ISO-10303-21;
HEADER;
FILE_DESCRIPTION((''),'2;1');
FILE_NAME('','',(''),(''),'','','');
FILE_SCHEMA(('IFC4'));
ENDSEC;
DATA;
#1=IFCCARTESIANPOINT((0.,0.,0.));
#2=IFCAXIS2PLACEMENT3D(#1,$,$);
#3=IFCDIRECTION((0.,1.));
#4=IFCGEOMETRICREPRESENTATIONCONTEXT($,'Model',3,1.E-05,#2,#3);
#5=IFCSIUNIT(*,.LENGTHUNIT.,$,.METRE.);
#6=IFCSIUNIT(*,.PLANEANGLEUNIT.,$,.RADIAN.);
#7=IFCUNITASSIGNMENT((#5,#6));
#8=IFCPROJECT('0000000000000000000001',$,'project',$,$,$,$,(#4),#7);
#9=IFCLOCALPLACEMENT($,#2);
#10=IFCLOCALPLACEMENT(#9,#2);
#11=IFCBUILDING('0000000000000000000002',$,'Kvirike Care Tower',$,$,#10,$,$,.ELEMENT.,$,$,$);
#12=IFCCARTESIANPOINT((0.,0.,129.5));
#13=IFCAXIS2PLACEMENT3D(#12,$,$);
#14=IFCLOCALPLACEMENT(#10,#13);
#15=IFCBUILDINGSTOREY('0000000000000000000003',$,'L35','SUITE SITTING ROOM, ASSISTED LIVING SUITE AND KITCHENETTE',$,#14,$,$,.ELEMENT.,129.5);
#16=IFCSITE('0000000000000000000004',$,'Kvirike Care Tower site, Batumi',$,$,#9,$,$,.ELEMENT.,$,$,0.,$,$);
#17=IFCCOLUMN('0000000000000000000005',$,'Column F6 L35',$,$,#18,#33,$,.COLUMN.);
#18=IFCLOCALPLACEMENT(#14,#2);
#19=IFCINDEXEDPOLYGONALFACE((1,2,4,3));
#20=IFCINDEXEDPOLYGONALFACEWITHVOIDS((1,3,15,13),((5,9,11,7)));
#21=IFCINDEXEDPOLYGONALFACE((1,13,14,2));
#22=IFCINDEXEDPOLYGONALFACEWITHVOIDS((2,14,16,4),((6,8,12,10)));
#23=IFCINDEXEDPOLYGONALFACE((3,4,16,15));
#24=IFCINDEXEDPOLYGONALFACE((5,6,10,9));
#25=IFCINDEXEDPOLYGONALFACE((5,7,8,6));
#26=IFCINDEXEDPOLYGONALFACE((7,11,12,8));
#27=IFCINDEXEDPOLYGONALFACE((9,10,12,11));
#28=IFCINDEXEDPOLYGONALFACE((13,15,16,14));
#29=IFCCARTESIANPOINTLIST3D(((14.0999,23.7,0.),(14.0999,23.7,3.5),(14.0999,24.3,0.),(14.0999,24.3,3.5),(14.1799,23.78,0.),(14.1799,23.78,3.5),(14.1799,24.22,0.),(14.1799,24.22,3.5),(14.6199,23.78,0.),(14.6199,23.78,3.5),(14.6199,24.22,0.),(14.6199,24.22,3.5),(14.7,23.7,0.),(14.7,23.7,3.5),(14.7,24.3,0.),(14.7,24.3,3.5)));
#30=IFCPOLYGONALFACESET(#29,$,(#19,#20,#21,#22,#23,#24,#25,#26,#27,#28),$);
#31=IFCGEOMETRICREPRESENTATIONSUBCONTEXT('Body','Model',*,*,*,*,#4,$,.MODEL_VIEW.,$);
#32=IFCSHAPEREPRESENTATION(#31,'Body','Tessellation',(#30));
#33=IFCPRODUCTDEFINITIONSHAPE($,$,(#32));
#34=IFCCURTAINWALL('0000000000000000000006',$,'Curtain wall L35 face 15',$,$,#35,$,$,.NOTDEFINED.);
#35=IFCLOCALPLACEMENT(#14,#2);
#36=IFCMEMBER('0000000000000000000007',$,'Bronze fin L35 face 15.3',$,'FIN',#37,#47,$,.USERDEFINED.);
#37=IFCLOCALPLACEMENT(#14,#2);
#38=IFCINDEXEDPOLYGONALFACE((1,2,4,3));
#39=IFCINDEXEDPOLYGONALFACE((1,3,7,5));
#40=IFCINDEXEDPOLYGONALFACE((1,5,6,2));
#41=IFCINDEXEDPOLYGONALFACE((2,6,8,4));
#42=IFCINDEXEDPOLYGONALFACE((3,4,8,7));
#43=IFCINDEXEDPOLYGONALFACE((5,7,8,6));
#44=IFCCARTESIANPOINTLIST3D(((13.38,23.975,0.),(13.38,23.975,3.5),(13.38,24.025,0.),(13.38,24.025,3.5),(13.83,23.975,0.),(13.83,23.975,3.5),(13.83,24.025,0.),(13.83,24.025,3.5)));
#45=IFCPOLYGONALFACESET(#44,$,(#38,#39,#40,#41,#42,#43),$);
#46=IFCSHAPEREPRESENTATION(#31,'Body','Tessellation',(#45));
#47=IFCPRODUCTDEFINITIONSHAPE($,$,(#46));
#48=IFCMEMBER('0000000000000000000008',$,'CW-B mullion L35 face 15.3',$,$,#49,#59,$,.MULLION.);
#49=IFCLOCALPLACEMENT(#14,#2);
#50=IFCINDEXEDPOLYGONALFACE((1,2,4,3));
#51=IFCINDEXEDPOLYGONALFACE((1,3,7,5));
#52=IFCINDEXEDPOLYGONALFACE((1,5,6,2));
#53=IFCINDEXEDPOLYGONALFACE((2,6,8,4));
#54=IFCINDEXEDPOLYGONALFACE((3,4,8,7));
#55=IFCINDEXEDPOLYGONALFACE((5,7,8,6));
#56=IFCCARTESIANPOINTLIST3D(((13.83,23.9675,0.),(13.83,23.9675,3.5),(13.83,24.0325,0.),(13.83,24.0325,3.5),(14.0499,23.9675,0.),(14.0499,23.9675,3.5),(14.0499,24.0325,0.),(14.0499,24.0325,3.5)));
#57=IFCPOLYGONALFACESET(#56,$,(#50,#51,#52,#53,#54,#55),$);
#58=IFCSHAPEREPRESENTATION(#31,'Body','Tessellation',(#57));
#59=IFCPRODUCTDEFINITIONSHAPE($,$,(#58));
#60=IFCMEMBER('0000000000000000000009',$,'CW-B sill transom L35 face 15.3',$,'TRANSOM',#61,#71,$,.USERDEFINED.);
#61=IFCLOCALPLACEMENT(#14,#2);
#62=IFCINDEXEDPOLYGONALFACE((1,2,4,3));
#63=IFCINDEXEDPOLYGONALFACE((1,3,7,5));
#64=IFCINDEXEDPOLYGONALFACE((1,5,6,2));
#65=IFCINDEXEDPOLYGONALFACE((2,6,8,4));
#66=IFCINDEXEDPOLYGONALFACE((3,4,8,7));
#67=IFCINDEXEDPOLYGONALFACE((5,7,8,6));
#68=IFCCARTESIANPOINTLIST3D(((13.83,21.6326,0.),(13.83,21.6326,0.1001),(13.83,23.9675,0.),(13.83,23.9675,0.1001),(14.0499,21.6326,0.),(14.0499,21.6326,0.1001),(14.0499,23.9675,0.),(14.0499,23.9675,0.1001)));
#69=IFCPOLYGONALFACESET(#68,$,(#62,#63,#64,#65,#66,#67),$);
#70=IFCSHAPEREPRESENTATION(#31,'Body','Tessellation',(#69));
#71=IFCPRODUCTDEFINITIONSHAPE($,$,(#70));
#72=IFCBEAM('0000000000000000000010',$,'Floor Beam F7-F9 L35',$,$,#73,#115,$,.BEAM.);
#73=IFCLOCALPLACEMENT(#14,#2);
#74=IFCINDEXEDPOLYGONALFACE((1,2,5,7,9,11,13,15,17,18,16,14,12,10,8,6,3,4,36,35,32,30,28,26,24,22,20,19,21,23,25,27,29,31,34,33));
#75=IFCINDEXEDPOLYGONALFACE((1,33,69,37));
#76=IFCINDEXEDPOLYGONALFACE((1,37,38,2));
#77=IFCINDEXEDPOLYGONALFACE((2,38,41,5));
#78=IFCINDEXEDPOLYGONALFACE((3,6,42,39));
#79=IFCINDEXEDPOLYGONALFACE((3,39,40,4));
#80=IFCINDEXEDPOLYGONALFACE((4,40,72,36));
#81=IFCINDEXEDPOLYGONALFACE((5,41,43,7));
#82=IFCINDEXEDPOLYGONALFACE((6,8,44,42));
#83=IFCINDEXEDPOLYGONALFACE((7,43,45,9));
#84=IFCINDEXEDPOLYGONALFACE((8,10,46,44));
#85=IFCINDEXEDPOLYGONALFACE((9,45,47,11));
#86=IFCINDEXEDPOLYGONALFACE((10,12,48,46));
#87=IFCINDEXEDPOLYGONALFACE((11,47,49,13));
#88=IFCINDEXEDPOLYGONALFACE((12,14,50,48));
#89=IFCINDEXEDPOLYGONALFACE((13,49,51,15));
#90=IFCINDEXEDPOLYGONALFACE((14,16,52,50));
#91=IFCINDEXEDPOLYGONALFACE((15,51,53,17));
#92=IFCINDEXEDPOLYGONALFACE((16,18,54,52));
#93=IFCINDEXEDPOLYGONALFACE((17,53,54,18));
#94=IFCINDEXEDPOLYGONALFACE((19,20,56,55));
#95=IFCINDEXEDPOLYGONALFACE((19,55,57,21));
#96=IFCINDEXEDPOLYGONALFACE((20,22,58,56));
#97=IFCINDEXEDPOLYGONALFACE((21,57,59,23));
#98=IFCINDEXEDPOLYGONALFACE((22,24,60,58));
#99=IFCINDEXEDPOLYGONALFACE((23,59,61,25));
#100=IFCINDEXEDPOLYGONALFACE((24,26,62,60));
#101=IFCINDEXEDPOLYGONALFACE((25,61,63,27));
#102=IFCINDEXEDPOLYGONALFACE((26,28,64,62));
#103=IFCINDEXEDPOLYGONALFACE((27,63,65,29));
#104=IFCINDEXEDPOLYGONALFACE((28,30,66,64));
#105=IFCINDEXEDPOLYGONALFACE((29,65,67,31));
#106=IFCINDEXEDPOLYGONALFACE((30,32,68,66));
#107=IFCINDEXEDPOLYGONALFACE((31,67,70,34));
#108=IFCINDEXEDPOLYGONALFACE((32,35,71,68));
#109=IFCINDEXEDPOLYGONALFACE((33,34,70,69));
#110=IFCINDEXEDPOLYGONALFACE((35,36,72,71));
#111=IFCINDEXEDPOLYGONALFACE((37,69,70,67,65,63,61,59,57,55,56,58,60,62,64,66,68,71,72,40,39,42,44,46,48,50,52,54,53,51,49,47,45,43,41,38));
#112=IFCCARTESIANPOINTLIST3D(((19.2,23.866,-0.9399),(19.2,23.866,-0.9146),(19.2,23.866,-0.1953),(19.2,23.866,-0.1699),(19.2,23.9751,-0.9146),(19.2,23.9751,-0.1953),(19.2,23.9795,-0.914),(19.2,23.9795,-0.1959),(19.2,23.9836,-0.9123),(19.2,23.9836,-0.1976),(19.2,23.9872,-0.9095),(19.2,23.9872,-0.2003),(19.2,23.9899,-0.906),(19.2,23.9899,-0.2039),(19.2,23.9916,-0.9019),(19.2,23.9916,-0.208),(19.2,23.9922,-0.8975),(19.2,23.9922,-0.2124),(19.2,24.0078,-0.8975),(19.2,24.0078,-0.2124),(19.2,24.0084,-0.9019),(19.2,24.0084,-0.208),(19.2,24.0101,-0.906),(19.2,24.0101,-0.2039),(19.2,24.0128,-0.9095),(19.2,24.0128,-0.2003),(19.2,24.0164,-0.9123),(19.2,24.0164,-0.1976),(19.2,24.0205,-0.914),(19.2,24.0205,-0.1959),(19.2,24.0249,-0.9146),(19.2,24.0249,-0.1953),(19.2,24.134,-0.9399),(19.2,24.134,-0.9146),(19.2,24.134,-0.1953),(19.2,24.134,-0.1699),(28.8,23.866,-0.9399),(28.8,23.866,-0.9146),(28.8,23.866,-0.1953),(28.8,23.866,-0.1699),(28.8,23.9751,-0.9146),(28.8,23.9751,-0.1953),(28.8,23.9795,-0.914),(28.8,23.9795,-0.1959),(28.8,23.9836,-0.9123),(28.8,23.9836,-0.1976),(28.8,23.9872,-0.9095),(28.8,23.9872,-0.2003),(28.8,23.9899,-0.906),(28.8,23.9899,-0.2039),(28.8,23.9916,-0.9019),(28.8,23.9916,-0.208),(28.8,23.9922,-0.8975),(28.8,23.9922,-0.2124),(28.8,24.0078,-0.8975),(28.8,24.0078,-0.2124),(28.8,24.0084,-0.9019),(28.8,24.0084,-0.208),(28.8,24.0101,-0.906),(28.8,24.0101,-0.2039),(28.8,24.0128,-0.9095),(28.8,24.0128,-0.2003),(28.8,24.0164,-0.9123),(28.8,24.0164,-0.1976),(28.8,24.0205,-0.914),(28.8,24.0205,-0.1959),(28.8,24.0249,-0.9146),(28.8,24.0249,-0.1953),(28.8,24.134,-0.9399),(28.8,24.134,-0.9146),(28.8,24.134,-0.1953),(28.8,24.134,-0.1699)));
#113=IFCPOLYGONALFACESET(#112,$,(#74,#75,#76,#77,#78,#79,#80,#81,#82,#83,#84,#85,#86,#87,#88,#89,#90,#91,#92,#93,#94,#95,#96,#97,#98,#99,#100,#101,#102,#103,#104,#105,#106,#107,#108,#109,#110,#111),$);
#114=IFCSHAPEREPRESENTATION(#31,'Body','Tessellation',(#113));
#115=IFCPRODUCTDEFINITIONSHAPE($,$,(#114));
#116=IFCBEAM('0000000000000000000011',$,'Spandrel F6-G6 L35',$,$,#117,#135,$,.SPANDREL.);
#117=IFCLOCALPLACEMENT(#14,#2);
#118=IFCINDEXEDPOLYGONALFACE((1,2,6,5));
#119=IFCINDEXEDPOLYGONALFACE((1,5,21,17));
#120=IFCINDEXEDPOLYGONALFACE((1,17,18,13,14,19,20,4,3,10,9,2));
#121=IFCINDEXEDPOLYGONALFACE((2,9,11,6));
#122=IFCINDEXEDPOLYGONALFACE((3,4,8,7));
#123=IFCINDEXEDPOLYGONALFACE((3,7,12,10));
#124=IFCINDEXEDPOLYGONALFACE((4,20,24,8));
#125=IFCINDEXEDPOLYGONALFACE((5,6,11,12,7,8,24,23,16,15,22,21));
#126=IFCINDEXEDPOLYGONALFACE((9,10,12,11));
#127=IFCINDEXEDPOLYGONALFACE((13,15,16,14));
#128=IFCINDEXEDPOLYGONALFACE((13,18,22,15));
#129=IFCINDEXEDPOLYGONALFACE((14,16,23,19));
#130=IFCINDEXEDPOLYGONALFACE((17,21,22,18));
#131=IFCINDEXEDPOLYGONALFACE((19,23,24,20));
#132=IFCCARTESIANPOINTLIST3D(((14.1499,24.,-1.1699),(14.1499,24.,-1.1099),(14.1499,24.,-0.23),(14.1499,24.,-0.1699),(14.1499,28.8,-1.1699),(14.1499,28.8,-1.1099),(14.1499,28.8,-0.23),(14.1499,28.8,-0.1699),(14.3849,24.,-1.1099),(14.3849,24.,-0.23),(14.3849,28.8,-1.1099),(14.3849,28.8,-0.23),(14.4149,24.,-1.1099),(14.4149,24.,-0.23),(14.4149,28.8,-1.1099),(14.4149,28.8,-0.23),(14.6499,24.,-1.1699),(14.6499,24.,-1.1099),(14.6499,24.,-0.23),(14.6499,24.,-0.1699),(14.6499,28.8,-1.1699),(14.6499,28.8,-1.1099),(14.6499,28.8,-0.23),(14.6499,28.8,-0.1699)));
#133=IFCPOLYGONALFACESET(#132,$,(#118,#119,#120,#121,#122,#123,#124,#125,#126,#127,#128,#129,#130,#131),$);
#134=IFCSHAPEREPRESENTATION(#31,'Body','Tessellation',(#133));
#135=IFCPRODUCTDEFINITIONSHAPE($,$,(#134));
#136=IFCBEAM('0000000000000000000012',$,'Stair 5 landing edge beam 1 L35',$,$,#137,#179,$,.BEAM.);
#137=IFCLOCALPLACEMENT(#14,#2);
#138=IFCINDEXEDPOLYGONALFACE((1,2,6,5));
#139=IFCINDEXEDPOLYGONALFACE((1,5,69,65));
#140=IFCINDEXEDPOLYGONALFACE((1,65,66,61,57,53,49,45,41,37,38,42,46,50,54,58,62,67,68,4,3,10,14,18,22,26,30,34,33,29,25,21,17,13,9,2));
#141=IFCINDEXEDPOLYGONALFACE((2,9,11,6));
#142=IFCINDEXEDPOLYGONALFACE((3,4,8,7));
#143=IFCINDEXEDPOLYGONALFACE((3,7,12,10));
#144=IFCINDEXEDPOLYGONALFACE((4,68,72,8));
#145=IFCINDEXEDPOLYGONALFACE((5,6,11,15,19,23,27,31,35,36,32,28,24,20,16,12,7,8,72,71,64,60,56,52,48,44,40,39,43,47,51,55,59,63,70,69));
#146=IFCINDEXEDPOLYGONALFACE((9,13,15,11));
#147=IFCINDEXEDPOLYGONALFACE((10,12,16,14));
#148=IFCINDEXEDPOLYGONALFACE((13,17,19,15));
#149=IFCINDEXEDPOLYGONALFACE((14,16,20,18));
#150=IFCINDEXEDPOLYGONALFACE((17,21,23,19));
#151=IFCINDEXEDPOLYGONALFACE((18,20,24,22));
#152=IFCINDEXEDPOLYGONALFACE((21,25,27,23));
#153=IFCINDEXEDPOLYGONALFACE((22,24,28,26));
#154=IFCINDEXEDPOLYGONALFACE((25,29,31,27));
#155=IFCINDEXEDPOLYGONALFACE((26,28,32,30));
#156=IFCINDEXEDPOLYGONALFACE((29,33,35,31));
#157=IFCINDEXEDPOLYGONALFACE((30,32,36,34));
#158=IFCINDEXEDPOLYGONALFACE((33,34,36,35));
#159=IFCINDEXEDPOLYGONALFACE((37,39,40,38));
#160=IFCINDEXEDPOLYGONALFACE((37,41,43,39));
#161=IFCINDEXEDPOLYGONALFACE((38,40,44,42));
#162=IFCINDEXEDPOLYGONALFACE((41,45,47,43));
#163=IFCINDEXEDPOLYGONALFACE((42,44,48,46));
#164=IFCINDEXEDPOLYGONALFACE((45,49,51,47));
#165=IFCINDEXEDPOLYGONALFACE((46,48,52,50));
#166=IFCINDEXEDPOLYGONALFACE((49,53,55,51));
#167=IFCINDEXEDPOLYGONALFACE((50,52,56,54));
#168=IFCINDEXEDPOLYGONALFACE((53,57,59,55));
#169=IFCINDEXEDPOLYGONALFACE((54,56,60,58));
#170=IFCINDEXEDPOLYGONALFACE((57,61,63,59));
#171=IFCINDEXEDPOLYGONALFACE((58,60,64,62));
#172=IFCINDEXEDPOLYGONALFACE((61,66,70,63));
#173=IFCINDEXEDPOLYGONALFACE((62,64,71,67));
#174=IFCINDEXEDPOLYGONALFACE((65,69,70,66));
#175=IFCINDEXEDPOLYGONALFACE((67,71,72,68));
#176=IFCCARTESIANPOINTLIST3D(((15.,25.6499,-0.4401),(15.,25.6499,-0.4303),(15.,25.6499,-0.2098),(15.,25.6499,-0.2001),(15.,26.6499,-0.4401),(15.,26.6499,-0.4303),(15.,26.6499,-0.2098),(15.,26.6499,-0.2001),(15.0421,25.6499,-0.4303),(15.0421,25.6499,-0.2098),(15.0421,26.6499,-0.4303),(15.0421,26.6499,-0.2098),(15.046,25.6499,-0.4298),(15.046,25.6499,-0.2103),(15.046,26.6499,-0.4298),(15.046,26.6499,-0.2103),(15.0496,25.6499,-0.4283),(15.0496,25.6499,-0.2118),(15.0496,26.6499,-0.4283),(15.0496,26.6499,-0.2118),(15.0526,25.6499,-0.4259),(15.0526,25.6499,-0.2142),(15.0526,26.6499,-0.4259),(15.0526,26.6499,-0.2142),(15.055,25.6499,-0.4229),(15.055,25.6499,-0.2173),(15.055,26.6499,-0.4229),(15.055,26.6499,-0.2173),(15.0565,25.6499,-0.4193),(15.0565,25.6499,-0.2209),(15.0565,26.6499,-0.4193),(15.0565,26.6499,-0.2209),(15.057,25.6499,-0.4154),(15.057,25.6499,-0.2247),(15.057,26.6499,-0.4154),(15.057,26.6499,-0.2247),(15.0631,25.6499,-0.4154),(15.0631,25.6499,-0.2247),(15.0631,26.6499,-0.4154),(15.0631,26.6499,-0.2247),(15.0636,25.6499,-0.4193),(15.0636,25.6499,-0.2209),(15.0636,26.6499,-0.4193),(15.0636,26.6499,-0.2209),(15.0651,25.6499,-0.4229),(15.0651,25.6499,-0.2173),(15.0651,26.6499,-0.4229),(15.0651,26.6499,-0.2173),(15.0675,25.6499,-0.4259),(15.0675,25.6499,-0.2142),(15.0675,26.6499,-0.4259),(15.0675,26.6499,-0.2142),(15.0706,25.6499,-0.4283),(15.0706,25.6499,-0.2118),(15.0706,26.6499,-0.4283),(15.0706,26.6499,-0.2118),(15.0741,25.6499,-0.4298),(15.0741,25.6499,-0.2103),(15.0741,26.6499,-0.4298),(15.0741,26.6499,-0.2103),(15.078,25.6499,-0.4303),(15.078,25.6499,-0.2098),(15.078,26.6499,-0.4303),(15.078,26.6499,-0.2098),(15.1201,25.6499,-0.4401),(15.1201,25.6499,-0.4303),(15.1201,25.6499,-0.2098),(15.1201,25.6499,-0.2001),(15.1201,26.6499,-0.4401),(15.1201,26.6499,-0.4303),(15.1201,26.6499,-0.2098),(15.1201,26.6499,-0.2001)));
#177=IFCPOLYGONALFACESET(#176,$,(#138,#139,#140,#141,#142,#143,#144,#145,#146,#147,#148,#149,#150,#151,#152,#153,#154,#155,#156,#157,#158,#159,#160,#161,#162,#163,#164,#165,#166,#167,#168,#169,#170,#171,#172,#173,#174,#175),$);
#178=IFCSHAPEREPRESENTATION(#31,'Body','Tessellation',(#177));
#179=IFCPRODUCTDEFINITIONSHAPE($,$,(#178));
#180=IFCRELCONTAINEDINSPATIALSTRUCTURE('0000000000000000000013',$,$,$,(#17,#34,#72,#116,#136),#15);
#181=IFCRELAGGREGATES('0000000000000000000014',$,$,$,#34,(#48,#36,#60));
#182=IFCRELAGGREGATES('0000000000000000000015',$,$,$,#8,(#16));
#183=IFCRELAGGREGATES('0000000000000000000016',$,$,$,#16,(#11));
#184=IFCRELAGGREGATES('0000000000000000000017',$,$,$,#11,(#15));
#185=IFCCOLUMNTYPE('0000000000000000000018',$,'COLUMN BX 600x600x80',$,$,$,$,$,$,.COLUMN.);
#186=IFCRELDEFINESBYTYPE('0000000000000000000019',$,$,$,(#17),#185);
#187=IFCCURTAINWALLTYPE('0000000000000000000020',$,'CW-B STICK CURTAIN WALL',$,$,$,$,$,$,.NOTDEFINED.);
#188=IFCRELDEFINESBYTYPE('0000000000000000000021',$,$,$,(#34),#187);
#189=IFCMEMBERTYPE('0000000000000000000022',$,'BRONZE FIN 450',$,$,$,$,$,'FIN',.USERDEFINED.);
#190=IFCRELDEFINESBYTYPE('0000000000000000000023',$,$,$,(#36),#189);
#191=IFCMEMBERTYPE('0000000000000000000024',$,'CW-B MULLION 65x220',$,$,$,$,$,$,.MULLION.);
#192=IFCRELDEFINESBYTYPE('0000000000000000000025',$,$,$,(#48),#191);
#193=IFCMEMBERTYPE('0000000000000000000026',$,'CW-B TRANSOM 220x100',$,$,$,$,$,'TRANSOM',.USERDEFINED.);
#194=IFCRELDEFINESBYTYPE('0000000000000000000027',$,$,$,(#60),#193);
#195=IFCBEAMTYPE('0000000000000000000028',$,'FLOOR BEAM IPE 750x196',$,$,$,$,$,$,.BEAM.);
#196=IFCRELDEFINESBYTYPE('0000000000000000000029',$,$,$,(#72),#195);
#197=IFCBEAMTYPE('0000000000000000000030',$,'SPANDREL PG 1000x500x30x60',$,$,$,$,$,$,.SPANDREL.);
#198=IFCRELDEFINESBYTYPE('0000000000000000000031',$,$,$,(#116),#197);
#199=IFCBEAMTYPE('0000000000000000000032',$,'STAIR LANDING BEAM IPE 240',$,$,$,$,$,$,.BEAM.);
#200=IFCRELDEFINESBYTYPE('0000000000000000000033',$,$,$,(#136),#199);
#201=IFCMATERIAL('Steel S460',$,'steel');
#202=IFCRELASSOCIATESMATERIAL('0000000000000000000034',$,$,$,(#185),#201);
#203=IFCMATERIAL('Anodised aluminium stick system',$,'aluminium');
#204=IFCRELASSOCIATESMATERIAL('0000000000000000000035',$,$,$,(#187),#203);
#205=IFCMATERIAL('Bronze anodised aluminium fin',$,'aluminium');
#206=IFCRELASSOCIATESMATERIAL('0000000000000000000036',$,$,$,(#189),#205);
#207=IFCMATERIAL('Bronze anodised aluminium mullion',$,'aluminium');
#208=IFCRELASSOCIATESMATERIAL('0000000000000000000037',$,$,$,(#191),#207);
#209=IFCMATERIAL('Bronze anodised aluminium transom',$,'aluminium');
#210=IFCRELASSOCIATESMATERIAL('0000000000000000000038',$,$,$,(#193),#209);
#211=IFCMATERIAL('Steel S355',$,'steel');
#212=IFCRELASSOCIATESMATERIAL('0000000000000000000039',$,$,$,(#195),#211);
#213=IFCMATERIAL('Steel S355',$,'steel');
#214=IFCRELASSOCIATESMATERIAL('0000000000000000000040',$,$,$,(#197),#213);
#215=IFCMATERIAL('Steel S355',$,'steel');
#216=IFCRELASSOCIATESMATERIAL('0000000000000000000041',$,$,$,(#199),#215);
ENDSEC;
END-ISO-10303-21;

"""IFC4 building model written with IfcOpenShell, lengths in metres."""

from ifc_helpers import new_model, si_unit, direction, frame, origin, origin_2d, place, context, subcontext, project, spatial, rectangle, hollow_rectangle, i_section, extrude, material, material_profile, profile_set, type_object, element, aggregate, save


model = new_model("IFC4")

# Units and contexts
model_context = context("Model", 3, precision=1e-05, world=origin(), true_north=direction((0.0, 1.0)))
body_context = subcontext(model_context, "Body", "Model", "MODEL_VIEW")
ifc_project = project(units=[si_unit("LENGTHUNIT", "METRE"), si_unit("PLANEANGLEUNIT", "RADIAN")], contexts=[model_context])

# Site, building, storey
site_placement = place(None, origin())
site = spatial("IfcSite", under=ifc_project, at=site_placement, Name="Kvirike Care Tower site, Batumi", CompositionType="ELEMENT", RefElevation=0.0)
building_placement = place(site_placement, origin())
building = spatial("IfcBuilding", under=site, at=building_placement, Name="Kvirike Care Tower", CompositionType="ELEMENT")
storey_placement = place(building_placement, frame((0.0, 0.0, 129.5)))
storey = spatial("IfcBuildingStorey", under=building, at=storey_placement, Name="L35", Description="SUITE SITTING ROOM, ASSISTED LIVING SUITE AND KITCHENETTE", CompositionType="ELEMENT", Elevation=129.5)

# Column
ifc_material_1 = material(Name="Steel S460", Category="steel")
ifc_material_profile_1 = material_profile(ifc_material_1, hollow_rectangle(XDim=0.6001, YDim=0.6001, WallThickness=0.0801, at=origin_2d()), Name="BX 600x600x80")
ifc_profile_set_1 = profile_set([ifc_material_profile_1], Name="Steel S460")
column_type = type_object("IfcColumnType", Name="COLUMN BX 600x600x80", PredefinedType="COLUMN", material=ifc_profile_set_1)
column_placement = place(storey_placement, frame((14.3999, 24.0, 0.0), z_axis=(0.0, 0.0, 1.0), x_axis=(1.0, 0.0, 0.0)))
element("IfcColumn", 1, at=column_placement, inside=storey, type_object=column_type, Name="Column F6 L35", PredefinedType="COLUMN", context=body_context, shape_type="SweptSolid", body=[
    extrude(hollow_rectangle(XDim=0.6001, YDim=0.6001, WallThickness=0.0801, at=origin_2d()), origin(), (0.0, 0.0, 1.0), 3.5),
])

# Curtain wall, members
ifc_material_2 = material(Name="Anodised aluminium stick system", Category="aluminium")
curtain_wall_type = type_object("IfcCurtainWallType", Name="CW-B STICK CURTAIN WALL", PredefinedType="NOTDEFINED", material=ifc_material_2)
curtain_wall_placement = place(storey_placement, origin())
curtain_wall = element("IfcCurtainWall", 2, at=curtain_wall_placement, inside=storey, type_object=curtain_wall_type, Name="Curtain wall L35 face 15", PredefinedType="NOTDEFINED")
ifc_material_3 = material(Name="Bronze anodised aluminium fin", Category="aluminium")
ifc_material_profile_2 = material_profile(ifc_material_3, rectangle(XDim=0.05, YDim=0.45, at=origin_2d()), Name="BRONZE FIN 450")
ifc_profile_set_2 = profile_set([ifc_material_profile_2], Name="Bronze anodised aluminium fin")
member_type_1 = type_object("IfcMemberType", Name="BRONZE FIN 450", ElementType="FIN", PredefinedType="USERDEFINED", material=ifc_profile_set_2)
member_1_placement = place(storey_placement, frame((13.605, 24.0, 0.0), z_axis=(0.0, 0.0, 1.0), x_axis=(0.0, -1.0, 0.0)))
member_1 = element("IfcMember", 3, at=member_1_placement, type_object=member_type_1, Name="Bronze fin L35 face 15.3", ObjectType="FIN", PredefinedType="USERDEFINED", context=body_context, shape_type="SweptSolid", body=[
    extrude(rectangle(XDim=0.05, YDim=0.45, at=origin_2d()), origin(), (0.0, 0.0, 1.0), 3.5),
])
ifc_material_4 = material(Name="Bronze anodised aluminium mullion", Category="aluminium")
ifc_material_profile_3 = material_profile(ifc_material_4, rectangle(XDim=0.0649, YDim=0.22, at=origin_2d()), Name="CW-B MULLION 65x220")
ifc_profile_set_3 = profile_set([ifc_material_profile_3], Name="Bronze anodised aluminium mullion")
member_type_2 = type_object("IfcMemberType", Name="CW-B MULLION 65x220", PredefinedType="MULLION", material=ifc_profile_set_3)
member_2_placement = place(storey_placement, frame((13.9399, 24.0, 0.0), z_axis=(0.0, 0.0, 1.0), x_axis=(0.0, -1.0, 0.0)))
member_2 = element("IfcMember", 4, at=member_2_placement, type_object=member_type_2, Name="CW-B mullion L35 face 15.3", PredefinedType="MULLION", context=body_context, shape_type="SweptSolid", body=[
    extrude(rectangle(XDim=0.0649, YDim=0.22, at=origin_2d()), origin(), (0.0, 0.0, 1.0), 3.5),
])
ifc_material_5 = material(Name="Bronze anodised aluminium transom", Category="aluminium")
ifc_material_profile_4 = material_profile(ifc_material_5, rectangle(XDim=0.22, YDim=0.1001, at=origin_2d()), Name="CW-B TRANSOM 220x100")
ifc_profile_set_4 = profile_set([ifc_material_profile_4], Name="Bronze anodised aluminium transom")
member_type_3 = type_object("IfcMemberType", Name="CW-B TRANSOM 220x100", ElementType="TRANSOM", PredefinedType="USERDEFINED", material=ifc_profile_set_4)
member_3_placement = place(storey_placement, frame((13.9399, 23.9675, 0.05), z_axis=(0.0, -1.0, 0.0), x_axis=(1.0, 0.0, 0.0)))
member_3 = element("IfcMember", 5, at=member_3_placement, type_object=member_type_3, Name="CW-B sill transom L35 face 15.3", ObjectType="TRANSOM", PredefinedType="USERDEFINED", context=body_context, shape_type="SweptSolid", body=[
    extrude(rectangle(XDim=0.22, YDim=0.1001, at=origin_2d()), origin(), (0.0, 0.0, 1.0), 2.335),
])

# Beams
ifc_material_6 = material(Name="Steel S355", Category="steel")
ifc_material_profile_5 = material_profile(ifc_material_6, i_section(OverallWidth=0.2681, OverallDepth=0.77, WebThickness=0.0156, FlangeThickness=0.0254, FilletRadius=0.0171, at=origin_2d()), Name="IPE 750x196")
ifc_profile_set_5 = profile_set([ifc_material_profile_5], Name="Steel S355")
beam_type_1 = type_object("IfcBeamType", Name="FLOOR BEAM IPE 750x196", PredefinedType="BEAM", material=ifc_profile_set_5)
beam_1_placement = place(storey_placement, frame((19.2, 24.0, -0.5549), z_axis=(1.0, 0.0, 0.0), x_axis=(0.0, 1.0, 0.0)))
element("IfcBeam", 6, at=beam_1_placement, inside=storey, type_object=beam_type_1, Name="Floor Beam F7-F9 L35", PredefinedType="BEAM", context=body_context, shape_type="SweptSolid", body=[
    extrude(i_section(OverallWidth=0.2681, OverallDepth=0.77, WebThickness=0.0156, FlangeThickness=0.0254, FilletRadius=0.0171, at=origin_2d()), origin(), (0.0, 0.0, 1.0), 9.6001),
])
ifc_material_7 = material(Name="Steel S355", Category="steel")
ifc_material_profile_6 = material_profile(ifc_material_7, i_section(OverallWidth=0.5, OverallDepth=1.0, WebThickness=0.03, FlangeThickness=0.0601, at=origin_2d()), Name="PG 1000x500x30x60")
ifc_profile_set_6 = profile_set([ifc_material_profile_6], Name="Steel S355")
beam_type_2 = type_object("IfcBeamType", Name="SPANDREL PG 1000x500x30x60", PredefinedType="SPANDREL", material=ifc_profile_set_6)
beam_2_placement = place(storey_placement, frame((14.3999, 24.0, -0.6699), z_axis=(0.0, 1.0, 0.0), x_axis=(-1.0, 0.0, 0.0)))
element("IfcBeam", 7, at=beam_2_placement, inside=storey, type_object=beam_type_2, Name="Spandrel F6-G6 L35", PredefinedType="SPANDREL", context=body_context, shape_type="SweptSolid", body=[
    extrude(i_section(OverallWidth=0.5, OverallDepth=1.0, WebThickness=0.03, FlangeThickness=0.0601, at=origin_2d()), origin(), (0.0, 0.0, 1.0), 4.8),
])
ifc_material_8 = material(Name="Steel S355", Category="steel")
ifc_material_profile_7 = material_profile(ifc_material_8, i_section(OverallWidth=0.1201, OverallDepth=0.24, WebThickness=0.0061, FlangeThickness=0.0098, FilletRadius=0.0149, at=origin_2d()), Name="IPE 240")
ifc_profile_set_7 = profile_set([ifc_material_profile_7], Name="Steel S355")
beam_type_3 = type_object("IfcBeamType", Name="STAIR LANDING BEAM IPE 240", PredefinedType="BEAM", material=ifc_profile_set_7)
for number, where, z_axis, x_axis, name in (
    (8, (15.0601, 25.6499, -0.3201), (0.0, 1.0, 0.0), (-1.0, 0.0, 0.0), "Stair 5 landing edge beam 1 L35"),
):
    element("IfcBeam", number, at=place(storey_placement, frame(where, z_axis=z_axis, x_axis=x_axis)), inside=storey, type_object=beam_type_3, Name=name, PredefinedType="BEAM", context=body_context, shape_type="SweptSolid", body=[
        extrude(i_section(OverallWidth=0.1201, OverallDepth=0.24, WebThickness=0.0061, FlangeThickness=0.0098, FilletRadius=0.0149, at=origin_2d()), origin(), (0.0, 0.0, 1.0), 1.0),
    ])

aggregate(curtain_wall, [member_2, member_1, member_3])

save(model, "model.ifc")
